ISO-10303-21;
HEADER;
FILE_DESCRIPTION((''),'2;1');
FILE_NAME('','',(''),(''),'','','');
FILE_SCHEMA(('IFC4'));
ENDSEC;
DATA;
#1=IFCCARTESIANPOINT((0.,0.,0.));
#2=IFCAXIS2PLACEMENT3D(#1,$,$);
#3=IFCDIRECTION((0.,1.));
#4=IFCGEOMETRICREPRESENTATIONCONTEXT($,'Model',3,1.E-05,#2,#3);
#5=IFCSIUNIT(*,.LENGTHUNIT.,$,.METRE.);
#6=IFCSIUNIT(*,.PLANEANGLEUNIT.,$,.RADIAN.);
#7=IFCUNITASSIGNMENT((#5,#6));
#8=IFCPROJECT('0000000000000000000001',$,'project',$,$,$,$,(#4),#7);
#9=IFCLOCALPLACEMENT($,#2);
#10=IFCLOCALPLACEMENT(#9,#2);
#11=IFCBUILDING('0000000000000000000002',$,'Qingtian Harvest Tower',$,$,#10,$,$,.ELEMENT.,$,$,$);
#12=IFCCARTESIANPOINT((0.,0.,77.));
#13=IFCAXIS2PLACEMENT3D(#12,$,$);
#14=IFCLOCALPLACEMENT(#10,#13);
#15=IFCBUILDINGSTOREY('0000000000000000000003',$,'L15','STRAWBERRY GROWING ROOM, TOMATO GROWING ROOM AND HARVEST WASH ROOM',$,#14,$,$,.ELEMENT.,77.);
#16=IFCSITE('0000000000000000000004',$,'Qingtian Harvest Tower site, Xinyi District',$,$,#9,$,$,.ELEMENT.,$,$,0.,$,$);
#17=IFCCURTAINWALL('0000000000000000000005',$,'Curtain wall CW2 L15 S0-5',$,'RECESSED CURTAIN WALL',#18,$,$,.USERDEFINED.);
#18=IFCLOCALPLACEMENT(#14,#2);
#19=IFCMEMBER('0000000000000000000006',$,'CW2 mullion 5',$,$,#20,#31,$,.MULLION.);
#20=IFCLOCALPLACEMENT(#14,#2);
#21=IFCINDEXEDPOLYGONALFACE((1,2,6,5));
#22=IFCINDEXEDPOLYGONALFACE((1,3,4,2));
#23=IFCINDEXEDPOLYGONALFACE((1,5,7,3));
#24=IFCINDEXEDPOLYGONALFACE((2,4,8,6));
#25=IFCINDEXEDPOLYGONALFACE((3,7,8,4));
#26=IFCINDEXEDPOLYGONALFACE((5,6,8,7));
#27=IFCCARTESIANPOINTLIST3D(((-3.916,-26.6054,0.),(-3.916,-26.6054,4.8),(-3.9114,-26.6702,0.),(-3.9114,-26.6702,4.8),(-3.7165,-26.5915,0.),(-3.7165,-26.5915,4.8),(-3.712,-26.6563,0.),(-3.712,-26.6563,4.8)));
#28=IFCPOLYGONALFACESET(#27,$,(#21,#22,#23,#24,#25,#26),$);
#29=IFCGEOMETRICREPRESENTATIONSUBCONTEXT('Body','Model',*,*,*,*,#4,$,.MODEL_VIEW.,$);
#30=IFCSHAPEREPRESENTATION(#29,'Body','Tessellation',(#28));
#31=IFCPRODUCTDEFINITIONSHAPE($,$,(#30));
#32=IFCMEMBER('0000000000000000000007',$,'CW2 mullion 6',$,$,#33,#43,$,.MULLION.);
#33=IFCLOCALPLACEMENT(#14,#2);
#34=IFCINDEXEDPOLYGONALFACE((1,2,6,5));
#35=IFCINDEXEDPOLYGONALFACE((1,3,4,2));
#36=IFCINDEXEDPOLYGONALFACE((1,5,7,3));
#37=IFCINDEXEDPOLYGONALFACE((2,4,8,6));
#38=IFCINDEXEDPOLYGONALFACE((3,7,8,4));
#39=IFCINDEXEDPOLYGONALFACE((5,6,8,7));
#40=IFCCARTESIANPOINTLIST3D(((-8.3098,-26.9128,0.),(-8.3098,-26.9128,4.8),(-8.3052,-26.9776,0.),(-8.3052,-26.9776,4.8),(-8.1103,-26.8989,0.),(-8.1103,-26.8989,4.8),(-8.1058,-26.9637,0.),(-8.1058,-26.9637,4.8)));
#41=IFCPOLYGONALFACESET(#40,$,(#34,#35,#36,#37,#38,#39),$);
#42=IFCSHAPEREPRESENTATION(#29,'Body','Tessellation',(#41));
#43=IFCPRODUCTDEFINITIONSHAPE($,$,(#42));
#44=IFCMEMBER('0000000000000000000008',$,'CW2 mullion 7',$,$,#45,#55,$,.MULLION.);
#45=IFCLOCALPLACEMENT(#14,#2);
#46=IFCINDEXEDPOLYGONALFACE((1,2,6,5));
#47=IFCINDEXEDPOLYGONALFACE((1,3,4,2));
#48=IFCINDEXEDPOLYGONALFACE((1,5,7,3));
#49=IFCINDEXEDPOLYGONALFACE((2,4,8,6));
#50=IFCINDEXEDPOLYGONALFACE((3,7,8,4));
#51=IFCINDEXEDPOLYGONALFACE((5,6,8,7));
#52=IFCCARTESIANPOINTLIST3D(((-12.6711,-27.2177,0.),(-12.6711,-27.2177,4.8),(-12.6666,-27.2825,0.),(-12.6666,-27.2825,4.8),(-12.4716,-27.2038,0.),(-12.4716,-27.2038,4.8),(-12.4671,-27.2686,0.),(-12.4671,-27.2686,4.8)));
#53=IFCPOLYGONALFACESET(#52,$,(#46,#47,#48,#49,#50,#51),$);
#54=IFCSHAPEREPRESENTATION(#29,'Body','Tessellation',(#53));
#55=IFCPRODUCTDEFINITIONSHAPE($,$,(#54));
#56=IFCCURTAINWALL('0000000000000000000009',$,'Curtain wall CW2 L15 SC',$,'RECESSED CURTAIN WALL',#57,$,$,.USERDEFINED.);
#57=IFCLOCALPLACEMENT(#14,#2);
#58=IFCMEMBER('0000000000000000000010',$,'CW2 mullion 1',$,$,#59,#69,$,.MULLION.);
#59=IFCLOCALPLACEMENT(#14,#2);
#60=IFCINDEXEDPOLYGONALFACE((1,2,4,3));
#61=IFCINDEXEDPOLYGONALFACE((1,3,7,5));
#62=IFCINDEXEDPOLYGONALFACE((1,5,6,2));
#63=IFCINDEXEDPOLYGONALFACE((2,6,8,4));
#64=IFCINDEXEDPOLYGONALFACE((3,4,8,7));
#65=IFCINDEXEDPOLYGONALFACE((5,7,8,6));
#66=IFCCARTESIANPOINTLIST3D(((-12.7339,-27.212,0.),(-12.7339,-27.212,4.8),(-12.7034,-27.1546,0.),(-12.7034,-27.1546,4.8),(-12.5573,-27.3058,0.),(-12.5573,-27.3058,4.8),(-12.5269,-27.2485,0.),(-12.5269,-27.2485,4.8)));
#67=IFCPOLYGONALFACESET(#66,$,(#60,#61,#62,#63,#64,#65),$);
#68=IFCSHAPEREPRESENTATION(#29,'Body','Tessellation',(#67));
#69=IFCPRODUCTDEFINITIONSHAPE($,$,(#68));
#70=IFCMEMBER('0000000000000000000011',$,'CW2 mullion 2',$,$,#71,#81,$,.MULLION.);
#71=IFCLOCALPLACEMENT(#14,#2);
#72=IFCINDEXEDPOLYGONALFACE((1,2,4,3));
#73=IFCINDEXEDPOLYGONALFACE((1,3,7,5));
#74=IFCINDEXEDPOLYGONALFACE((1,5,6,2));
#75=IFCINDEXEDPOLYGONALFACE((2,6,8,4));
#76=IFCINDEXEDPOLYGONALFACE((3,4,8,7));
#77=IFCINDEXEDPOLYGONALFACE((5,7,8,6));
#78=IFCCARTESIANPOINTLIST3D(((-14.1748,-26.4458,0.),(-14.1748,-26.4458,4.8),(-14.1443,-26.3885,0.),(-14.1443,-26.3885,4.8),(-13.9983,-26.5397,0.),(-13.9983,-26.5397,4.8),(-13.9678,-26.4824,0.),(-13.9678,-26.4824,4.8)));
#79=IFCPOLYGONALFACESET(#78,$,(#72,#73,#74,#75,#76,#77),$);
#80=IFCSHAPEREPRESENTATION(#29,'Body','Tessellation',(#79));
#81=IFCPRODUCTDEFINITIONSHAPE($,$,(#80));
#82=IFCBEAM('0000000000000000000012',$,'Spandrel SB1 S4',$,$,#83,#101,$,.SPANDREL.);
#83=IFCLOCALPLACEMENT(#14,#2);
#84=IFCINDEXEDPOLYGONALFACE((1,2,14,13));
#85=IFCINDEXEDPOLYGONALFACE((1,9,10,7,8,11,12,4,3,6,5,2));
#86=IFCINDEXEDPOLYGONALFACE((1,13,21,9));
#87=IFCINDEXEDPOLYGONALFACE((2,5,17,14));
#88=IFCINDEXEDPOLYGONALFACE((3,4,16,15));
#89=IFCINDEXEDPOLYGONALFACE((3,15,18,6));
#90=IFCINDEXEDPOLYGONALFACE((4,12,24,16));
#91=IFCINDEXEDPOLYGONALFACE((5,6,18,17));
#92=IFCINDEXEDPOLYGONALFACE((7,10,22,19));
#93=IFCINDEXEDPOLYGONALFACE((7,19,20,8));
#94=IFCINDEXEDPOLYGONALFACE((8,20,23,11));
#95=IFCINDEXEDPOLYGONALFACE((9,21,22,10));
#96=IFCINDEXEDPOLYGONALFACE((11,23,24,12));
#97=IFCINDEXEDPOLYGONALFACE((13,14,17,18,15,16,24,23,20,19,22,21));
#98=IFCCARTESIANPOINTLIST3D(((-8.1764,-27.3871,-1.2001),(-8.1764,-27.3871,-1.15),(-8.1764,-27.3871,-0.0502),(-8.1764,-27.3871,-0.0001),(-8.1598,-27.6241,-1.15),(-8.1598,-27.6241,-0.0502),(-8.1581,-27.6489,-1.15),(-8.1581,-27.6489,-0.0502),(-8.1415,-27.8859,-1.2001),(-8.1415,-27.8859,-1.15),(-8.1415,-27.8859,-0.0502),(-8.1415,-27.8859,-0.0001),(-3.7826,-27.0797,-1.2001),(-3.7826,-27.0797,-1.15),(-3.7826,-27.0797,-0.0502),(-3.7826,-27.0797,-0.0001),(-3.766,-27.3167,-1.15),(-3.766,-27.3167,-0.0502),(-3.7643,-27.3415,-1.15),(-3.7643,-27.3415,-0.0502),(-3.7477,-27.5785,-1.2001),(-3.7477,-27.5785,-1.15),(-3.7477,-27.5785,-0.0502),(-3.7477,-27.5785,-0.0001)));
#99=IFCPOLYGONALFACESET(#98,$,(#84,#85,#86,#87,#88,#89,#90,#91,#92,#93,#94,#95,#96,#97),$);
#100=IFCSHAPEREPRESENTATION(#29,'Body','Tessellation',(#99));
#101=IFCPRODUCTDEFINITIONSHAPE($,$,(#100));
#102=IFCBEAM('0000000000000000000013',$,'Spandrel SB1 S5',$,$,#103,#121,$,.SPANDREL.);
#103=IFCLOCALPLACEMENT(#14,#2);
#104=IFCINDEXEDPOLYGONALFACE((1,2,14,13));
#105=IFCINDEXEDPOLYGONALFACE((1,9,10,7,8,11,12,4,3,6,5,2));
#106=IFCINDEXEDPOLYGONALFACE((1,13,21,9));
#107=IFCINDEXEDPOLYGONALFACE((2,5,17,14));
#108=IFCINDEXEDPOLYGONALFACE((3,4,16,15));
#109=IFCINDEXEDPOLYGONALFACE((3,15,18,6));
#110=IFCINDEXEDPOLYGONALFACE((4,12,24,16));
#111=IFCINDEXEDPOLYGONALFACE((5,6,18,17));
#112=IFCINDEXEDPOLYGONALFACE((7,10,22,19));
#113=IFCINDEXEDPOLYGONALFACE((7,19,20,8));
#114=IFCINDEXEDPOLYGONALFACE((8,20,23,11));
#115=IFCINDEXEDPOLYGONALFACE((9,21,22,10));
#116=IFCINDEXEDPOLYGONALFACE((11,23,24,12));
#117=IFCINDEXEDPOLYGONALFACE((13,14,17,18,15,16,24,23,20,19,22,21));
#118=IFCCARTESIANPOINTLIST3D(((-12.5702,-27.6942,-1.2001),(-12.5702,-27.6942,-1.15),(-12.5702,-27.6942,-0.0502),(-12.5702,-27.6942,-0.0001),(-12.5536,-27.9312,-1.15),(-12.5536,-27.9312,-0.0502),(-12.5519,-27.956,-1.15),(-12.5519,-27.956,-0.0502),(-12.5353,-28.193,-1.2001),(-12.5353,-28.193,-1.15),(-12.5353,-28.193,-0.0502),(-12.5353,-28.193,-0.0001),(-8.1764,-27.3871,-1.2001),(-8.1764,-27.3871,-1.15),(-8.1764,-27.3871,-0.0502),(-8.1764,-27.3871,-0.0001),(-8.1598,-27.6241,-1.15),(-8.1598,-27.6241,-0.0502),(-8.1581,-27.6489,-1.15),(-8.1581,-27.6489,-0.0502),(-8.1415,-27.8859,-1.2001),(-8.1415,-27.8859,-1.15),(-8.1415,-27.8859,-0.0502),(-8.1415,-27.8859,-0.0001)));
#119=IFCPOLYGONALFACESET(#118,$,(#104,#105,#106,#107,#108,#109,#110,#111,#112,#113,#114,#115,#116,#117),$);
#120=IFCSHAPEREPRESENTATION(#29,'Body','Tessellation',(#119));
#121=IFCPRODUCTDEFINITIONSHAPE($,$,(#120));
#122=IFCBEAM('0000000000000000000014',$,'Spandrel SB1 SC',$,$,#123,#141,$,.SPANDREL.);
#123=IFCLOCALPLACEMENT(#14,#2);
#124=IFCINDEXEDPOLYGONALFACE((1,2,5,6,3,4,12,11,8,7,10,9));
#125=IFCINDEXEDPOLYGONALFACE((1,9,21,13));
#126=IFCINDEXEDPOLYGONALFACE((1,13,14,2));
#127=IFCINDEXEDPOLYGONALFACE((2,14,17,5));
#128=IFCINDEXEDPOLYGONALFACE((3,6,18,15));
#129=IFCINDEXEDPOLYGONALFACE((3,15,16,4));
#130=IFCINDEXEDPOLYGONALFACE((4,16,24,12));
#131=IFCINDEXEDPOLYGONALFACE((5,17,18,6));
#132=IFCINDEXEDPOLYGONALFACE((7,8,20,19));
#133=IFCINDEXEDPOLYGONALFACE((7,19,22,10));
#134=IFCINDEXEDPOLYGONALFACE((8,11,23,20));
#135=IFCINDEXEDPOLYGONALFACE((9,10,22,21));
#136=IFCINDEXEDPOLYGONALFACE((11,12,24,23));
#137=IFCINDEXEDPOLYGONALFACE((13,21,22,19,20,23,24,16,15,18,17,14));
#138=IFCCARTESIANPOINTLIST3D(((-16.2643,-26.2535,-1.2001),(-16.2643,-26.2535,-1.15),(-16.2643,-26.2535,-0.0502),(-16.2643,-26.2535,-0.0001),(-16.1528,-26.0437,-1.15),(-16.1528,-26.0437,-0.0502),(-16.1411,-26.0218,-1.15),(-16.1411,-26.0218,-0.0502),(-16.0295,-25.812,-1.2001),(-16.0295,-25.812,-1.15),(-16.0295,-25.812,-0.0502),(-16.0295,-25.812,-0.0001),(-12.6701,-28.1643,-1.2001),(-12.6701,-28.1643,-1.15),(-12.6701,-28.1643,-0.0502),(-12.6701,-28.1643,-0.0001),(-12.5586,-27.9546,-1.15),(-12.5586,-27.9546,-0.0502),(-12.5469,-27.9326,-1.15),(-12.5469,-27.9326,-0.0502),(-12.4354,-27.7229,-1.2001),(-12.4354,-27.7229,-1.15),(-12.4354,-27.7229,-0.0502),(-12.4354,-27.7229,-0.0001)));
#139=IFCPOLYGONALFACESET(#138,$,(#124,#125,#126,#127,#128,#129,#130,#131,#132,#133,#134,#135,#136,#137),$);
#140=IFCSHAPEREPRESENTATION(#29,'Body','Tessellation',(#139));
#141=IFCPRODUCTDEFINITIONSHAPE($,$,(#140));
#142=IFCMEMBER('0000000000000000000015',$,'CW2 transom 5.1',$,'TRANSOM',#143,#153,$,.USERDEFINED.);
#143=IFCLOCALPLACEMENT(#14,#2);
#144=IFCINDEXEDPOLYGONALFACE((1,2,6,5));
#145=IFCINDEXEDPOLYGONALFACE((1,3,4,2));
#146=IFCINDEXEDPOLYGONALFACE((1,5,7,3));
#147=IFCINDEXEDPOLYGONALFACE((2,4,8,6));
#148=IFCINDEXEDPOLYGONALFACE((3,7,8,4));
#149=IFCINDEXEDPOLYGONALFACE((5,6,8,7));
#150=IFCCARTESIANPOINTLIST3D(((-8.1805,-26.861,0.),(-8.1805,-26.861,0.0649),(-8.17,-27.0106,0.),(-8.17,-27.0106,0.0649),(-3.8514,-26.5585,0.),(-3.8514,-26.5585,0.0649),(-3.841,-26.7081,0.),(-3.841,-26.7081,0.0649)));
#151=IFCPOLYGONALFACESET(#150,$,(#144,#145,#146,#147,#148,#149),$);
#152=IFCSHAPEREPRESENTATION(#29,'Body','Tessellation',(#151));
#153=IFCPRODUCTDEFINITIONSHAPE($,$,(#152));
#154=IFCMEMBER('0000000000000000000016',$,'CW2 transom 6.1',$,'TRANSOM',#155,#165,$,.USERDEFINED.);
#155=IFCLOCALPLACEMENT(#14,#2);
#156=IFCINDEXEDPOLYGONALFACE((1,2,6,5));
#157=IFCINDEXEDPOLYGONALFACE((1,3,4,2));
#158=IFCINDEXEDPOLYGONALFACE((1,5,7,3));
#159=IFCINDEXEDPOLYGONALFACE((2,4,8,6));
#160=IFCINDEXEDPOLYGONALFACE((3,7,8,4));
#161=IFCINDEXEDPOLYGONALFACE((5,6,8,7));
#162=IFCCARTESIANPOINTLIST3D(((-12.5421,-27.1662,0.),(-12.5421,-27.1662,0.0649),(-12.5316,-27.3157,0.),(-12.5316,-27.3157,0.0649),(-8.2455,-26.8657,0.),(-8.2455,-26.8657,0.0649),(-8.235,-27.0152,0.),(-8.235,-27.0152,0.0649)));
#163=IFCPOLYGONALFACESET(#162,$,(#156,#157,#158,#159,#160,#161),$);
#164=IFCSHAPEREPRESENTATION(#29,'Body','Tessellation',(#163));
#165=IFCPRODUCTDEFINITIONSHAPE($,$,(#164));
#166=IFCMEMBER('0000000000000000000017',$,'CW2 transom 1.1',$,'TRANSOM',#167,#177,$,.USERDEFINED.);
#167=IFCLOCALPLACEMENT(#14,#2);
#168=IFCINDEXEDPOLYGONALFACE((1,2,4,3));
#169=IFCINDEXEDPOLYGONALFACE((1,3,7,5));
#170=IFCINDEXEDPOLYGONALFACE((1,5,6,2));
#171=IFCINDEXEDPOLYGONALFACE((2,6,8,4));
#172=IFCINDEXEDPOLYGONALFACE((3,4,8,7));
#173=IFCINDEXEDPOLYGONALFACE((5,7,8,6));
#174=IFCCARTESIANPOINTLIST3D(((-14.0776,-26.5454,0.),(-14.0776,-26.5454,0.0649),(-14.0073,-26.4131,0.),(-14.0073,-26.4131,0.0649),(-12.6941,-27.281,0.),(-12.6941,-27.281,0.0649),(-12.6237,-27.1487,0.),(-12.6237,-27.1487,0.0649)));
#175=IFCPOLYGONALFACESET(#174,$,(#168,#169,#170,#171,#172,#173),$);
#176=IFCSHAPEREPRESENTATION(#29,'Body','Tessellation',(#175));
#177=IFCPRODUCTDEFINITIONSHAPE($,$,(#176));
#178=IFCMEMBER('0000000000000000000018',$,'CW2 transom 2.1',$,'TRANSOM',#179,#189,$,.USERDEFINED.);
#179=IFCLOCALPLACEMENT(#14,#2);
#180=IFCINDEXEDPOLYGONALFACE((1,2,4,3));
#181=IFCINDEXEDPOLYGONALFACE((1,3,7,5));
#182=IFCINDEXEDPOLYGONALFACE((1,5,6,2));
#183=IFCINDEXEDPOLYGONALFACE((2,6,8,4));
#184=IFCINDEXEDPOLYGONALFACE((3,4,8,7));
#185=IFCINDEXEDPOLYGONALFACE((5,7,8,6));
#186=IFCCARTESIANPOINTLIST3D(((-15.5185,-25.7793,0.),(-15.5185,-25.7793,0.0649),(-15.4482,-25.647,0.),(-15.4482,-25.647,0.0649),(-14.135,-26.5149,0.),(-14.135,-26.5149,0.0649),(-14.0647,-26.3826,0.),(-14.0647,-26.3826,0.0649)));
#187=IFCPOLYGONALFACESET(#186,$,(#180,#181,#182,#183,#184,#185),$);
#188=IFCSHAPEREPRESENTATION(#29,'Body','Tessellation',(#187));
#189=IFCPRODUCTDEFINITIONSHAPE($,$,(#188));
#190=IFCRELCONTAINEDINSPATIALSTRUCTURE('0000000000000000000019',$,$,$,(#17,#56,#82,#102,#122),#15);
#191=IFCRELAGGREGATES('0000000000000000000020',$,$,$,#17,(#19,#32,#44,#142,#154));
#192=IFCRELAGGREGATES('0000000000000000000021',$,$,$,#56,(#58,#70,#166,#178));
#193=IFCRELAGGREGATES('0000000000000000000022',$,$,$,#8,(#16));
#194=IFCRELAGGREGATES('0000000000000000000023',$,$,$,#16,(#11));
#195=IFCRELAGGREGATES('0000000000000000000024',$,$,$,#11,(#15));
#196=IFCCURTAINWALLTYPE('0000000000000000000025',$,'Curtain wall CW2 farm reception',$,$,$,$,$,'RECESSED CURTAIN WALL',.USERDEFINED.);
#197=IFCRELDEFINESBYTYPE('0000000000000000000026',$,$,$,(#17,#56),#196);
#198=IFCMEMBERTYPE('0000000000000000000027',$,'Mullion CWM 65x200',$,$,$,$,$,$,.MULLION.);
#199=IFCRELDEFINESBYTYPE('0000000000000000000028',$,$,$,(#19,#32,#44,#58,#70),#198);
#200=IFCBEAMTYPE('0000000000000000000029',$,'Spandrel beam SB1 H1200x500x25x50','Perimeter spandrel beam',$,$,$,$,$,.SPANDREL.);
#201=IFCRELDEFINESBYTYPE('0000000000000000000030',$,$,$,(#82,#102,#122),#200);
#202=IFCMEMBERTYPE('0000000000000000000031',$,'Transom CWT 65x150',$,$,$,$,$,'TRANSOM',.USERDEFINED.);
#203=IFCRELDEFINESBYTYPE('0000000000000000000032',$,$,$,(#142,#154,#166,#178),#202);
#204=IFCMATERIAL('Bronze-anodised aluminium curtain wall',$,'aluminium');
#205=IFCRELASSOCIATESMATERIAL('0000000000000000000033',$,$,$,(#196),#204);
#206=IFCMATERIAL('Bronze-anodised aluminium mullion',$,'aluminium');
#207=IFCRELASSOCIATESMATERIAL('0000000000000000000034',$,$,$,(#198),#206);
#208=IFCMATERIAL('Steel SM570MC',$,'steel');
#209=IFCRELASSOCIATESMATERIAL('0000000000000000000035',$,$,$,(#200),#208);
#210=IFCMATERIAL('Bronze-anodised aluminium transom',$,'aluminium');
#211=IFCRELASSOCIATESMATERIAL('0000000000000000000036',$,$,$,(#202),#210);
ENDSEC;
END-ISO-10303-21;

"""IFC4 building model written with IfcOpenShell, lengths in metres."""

from ifc_helpers import new_model, si_unit, direction, frame, origin, origin_2d, place, context, subcontext, project, spatial, rectangle, i_section, extrude, material, material_profile, profile_set, type_object, element, aggregate, save


model = new_model("IFC4")

# Units and contexts
model_context = context("Model", 3, precision=1e-05, world=origin(), true_north=direction((0.0, 1.0)))
body_context = subcontext(model_context, "Body", "Model", "MODEL_VIEW")
ifc_project = project(units=[si_unit("LENGTHUNIT", "METRE"), si_unit("PLANEANGLEUNIT", "RADIAN")], contexts=[model_context])

# Site, building, storey
site_placement = place(None, origin())
site = spatial("IfcSite", under=ifc_project, at=site_placement, Name="Qingtian Harvest Tower site, Xinyi District", CompositionType="ELEMENT", RefElevation=0.0)
building_placement = place(site_placement, origin())
building = spatial("IfcBuilding", under=site, at=building_placement, Name="Qingtian Harvest Tower", CompositionType="ELEMENT")
storey_placement = place(building_placement, frame((0.0, 0.0, 77.0)))
storey = spatial("IfcBuildingStorey", under=building, at=storey_placement, Name="L15", Description="STRAWBERRY GROWING ROOM, TOMATO GROWING ROOM AND HARVEST WASH ROOM", CompositionType="ELEMENT", Elevation=77.0)

# Curtain walls, members
ifc_material_1 = material(Name="Bronze-anodised aluminium curtain wall", Category="aluminium")
curtain_wall_type = type_object("IfcCurtainWallType", Name="Curtain wall CW2 farm reception", ElementType="RECESSED CURTAIN WALL", PredefinedType="USERDEFINED", material=ifc_material_1)
curtain_wall_1_placement = place(storey_placement, origin())
curtain_wall_1 = element("IfcCurtainWall", 1, at=curtain_wall_1_placement, inside=storey, type_object=curtain_wall_type, Name="Curtain wall CW2 L15 S0-5", ObjectType="RECESSED CURTAIN WALL", PredefinedType="USERDEFINED")
ifc_material_2 = material(Name="Bronze-anodised aluminium mullion", Category="aluminium")
ifc_material_profile_1 = material_profile(ifc_material_2, rectangle(XDim=0.0649, YDim=0.2, at=origin_2d()), Name="AL 65x200")
ifc_profile_set_1 = profile_set([ifc_material_profile_1], Name="Bronze-anodised aluminium mullion")
member_type_1 = type_object("IfcMemberType", Name="Mullion CWM 65x200", PredefinedType="MULLION", material=ifc_profile_set_1)
member_1_placement = place(storey_placement, frame((-3.814, -26.6309, 0.0), z_axis=(0.0, 0.0, 1.0), x_axis=(0.069756, -0.997564, 0.0)))
member_1 = element("IfcMember", 2, at=member_1_placement, type_object=member_type_1, Name="CW2 mullion 5", PredefinedType="MULLION", context=body_context, shape_type="SweptSolid", body=[
    extrude(rectangle(XDim=0.0649, YDim=0.2, at=origin_2d()), origin(), (0.0, 0.0, 1.0), 4.8),
])
member_2_placement = place(storey_placement, frame((-8.2078, -26.9382, 0.0), z_axis=(0.0, 0.0, 1.0), x_axis=(0.069756, -0.997564, 0.0)))
member_2 = element("IfcMember", 3, at=member_2_placement, type_object=member_type_1, Name="CW2 mullion 6", PredefinedType="MULLION", context=body_context, shape_type="SweptSolid", body=[
    extrude(rectangle(XDim=0.0649, YDim=0.2, at=origin_2d()), origin(), (0.0, 0.0, 1.0), 4.8),
])
member_3_placement = place(storey_placement, frame((-12.5691, -27.2432, 0.0), z_axis=(0.0, 0.0, 1.0), x_axis=(0.069756, -0.997564, 0.0)))
member_3 = element("IfcMember", 4, at=member_3_placement, type_object=member_type_1, Name="CW2 mullion 7", PredefinedType="MULLION", context=body_context, shape_type="SweptSolid", body=[
    extrude(rectangle(XDim=0.0649, YDim=0.2, at=origin_2d()), origin(), (0.0, 0.0, 1.0), 4.8),
])
curtain_wall_2_placement = place(storey_placement, origin())
curtain_wall_2 = element("IfcCurtainWall", 5, at=curtain_wall_2_placement, inside=storey, type_object=curtain_wall_type, Name="Curtain wall CW2 L15 SC", ObjectType="RECESSED CURTAIN WALL", PredefinedType="USERDEFINED")
member_4_placement = place(storey_placement, frame((-12.6304, -27.2302, 0.0), z_axis=(0.0, 0.0, 1.0), x_axis=(-0.469472, -0.882948, 0.0)))
member_4 = element("IfcMember", 6, at=member_4_placement, type_object=member_type_1, Name="CW2 mullion 1", PredefinedType="MULLION", context=body_context, shape_type="SweptSolid", body=[
    extrude(rectangle(XDim=0.0649, YDim=0.2, at=origin_2d()), origin(), (0.0, 0.0, 1.0), 4.8),
])
member_5_placement = place(storey_placement, frame((-14.0713, -26.4641, 0.0), z_axis=(0.0, 0.0, 1.0), x_axis=(-0.469472, -0.882948, 0.0)))
member_5 = element("IfcMember", 7, at=member_5_placement, type_object=member_type_1, Name="CW2 mullion 2", PredefinedType="MULLION", context=body_context, shape_type="SweptSolid", body=[
    extrude(rectangle(XDim=0.0649, YDim=0.2, at=origin_2d()), origin(), (0.0, 0.0, 1.0), 4.8),
])

# Beams
ifc_material_3 = material(Name="Steel SM570MC", Category="steel")
ifc_material_profile_2 = material_profile(ifc_material_3, i_section(OverallWidth=0.5, OverallDepth=1.2, WebThickness=0.0249, FlangeThickness=0.05, at=origin_2d()), Name="H1200x500x25x50")
ifc_profile_set_2 = profile_set([ifc_material_profile_2], Name="Steel SM570MC")
beam_type_1 = type_object("IfcBeamType", Name="Spandrel beam SB1 H1200x500x25x50", Description="Perimeter spandrel beam", PredefinedType="SPANDREL", material=ifc_profile_set_2)
for number, where, z_axis, x_axis, name in (
    (8, (-3.7651, -27.3291, -0.6001), (-0.997562, -0.069786, 0.0), (0.069786, -0.997562, 0.0), "Spandrel SB1 S4"),
    (9, (-8.1589, -27.6365, -0.6001), (-0.997566, -0.06973, 0.0), (0.06973, -0.997566, 0.0), "Spandrel SB1 S5"),
):
    element("IfcBeam", number, at=place(storey_placement, frame(where, z_axis=z_axis, x_axis=x_axis)), inside=storey, type_object=beam_type_1, Name=name, PredefinedType="SPANDREL", context=body_context, shape_type="SweptSolid", body=[
        extrude(i_section(OverallWidth=0.5, OverallDepth=1.2, WebThickness=0.0249, FlangeThickness=0.05, at=origin_2d()), origin(), (0.0, 0.0, 1.0), 4.4045),
    ])
beam_1_placement = place(storey_placement, frame((-12.5527, -27.9436, -0.6001), z_axis=(-0.882968, 0.469433, 0.0), x_axis=(-0.469433, -0.882968, 0.0)))
element("IfcBeam", 10, at=beam_1_placement, inside=storey, type_object=beam_type_1, Name="Spandrel SB1 SC", PredefinedType="SPANDREL", context=body_context, shape_type="SweptSolid", body=[
    extrude(i_section(OverallWidth=0.5, OverallDepth=1.2, WebThickness=0.0249, FlangeThickness=0.05, at=origin_2d()), origin(), (0.0, 0.0, 1.0), 4.0706),
])

# Members
ifc_material_4 = material(Name="Bronze-anodised aluminium transom", Category="aluminium")
ifc_material_profile_3 = material_profile(ifc_material_4, rectangle(XDim=0.1499, YDim=0.0649, at=origin_2d()), Name="AL 65x150")
ifc_profile_set_3 = profile_set([ifc_material_profile_3], Name="Bronze-anodised aluminium transom")
member_type_2 = type_object("IfcMemberType", Name="Transom CWT 65x150", ElementType="TRANSOM", PredefinedType="USERDEFINED", material=ifc_profile_set_3)
member_6_placement = place(storey_placement, frame((-3.8462, -26.6333, 0.0325), z_axis=(-0.997568, -0.069704, 0.0), x_axis=(0.069704, -0.997568, 0.0)))
member_6 = element("IfcMember", 11, at=member_6_placement, type_object=member_type_2, Name="CW2 transom 5.1", ObjectType="TRANSOM", PredefinedType="USERDEFINED", context=body_context, shape_type="SweptSolid", body=[
    extrude(rectangle(XDim=0.1499, YDim=0.0649, at=origin_2d()), origin(), (0.0, 0.0, 1.0), 4.3396),
])
member_7_placement = place(storey_placement, frame((-8.2402, -26.9404, 0.0325), z_axis=(-0.997563, -0.069777, 0.0), x_axis=(0.069777, -0.997563, 0.0)))
member_7 = element("IfcMember", 12, at=member_7_placement, type_object=member_type_2, Name="CW2 transom 6.1", ObjectType="TRANSOM", PredefinedType="USERDEFINED", context=body_context, shape_type="SweptSolid", body=[
    extrude(rectangle(XDim=0.1499, YDim=0.0649, at=origin_2d()), origin(), (0.0, 0.0, 1.0), 4.3071),
])
member_8_placement = place(storey_placement, frame((-12.6589, -27.2148, 0.0325), z_axis=(-0.88296, 0.469448, 0.0), x_axis=(-0.469448, -0.88296, 0.0)))
member_8 = element("IfcMember", 13, at=member_8_placement, type_object=member_type_2, Name="CW2 transom 1.1", ObjectType="TRANSOM", PredefinedType="USERDEFINED", context=body_context, shape_type="SweptSolid", body=[
    extrude(rectangle(XDim=0.1499, YDim=0.0649, at=origin_2d()), origin(), (0.0, 0.0, 1.0), 1.5669),
])
member_9_placement = place(storey_placement, frame((-14.0999, -26.4487, 0.0325), z_axis=(-0.88296, 0.469448, 0.0), x_axis=(-0.469448, -0.88296, 0.0)))
member_9 = element("IfcMember", 14, at=member_9_placement, type_object=member_type_2, Name="CW2 transom 2.1", ObjectType="TRANSOM", PredefinedType="USERDEFINED", context=body_context, shape_type="SweptSolid", body=[
    extrude(rectangle(XDim=0.1499, YDim=0.0649, at=origin_2d()), origin(), (0.0, 0.0, 1.0), 1.5669),
])

aggregate(curtain_wall_1, [member_1, member_2, member_3, member_6, member_7])
aggregate(curtain_wall_2, [member_4, member_5, member_8, member_9])

save(model, "model.ifc")
